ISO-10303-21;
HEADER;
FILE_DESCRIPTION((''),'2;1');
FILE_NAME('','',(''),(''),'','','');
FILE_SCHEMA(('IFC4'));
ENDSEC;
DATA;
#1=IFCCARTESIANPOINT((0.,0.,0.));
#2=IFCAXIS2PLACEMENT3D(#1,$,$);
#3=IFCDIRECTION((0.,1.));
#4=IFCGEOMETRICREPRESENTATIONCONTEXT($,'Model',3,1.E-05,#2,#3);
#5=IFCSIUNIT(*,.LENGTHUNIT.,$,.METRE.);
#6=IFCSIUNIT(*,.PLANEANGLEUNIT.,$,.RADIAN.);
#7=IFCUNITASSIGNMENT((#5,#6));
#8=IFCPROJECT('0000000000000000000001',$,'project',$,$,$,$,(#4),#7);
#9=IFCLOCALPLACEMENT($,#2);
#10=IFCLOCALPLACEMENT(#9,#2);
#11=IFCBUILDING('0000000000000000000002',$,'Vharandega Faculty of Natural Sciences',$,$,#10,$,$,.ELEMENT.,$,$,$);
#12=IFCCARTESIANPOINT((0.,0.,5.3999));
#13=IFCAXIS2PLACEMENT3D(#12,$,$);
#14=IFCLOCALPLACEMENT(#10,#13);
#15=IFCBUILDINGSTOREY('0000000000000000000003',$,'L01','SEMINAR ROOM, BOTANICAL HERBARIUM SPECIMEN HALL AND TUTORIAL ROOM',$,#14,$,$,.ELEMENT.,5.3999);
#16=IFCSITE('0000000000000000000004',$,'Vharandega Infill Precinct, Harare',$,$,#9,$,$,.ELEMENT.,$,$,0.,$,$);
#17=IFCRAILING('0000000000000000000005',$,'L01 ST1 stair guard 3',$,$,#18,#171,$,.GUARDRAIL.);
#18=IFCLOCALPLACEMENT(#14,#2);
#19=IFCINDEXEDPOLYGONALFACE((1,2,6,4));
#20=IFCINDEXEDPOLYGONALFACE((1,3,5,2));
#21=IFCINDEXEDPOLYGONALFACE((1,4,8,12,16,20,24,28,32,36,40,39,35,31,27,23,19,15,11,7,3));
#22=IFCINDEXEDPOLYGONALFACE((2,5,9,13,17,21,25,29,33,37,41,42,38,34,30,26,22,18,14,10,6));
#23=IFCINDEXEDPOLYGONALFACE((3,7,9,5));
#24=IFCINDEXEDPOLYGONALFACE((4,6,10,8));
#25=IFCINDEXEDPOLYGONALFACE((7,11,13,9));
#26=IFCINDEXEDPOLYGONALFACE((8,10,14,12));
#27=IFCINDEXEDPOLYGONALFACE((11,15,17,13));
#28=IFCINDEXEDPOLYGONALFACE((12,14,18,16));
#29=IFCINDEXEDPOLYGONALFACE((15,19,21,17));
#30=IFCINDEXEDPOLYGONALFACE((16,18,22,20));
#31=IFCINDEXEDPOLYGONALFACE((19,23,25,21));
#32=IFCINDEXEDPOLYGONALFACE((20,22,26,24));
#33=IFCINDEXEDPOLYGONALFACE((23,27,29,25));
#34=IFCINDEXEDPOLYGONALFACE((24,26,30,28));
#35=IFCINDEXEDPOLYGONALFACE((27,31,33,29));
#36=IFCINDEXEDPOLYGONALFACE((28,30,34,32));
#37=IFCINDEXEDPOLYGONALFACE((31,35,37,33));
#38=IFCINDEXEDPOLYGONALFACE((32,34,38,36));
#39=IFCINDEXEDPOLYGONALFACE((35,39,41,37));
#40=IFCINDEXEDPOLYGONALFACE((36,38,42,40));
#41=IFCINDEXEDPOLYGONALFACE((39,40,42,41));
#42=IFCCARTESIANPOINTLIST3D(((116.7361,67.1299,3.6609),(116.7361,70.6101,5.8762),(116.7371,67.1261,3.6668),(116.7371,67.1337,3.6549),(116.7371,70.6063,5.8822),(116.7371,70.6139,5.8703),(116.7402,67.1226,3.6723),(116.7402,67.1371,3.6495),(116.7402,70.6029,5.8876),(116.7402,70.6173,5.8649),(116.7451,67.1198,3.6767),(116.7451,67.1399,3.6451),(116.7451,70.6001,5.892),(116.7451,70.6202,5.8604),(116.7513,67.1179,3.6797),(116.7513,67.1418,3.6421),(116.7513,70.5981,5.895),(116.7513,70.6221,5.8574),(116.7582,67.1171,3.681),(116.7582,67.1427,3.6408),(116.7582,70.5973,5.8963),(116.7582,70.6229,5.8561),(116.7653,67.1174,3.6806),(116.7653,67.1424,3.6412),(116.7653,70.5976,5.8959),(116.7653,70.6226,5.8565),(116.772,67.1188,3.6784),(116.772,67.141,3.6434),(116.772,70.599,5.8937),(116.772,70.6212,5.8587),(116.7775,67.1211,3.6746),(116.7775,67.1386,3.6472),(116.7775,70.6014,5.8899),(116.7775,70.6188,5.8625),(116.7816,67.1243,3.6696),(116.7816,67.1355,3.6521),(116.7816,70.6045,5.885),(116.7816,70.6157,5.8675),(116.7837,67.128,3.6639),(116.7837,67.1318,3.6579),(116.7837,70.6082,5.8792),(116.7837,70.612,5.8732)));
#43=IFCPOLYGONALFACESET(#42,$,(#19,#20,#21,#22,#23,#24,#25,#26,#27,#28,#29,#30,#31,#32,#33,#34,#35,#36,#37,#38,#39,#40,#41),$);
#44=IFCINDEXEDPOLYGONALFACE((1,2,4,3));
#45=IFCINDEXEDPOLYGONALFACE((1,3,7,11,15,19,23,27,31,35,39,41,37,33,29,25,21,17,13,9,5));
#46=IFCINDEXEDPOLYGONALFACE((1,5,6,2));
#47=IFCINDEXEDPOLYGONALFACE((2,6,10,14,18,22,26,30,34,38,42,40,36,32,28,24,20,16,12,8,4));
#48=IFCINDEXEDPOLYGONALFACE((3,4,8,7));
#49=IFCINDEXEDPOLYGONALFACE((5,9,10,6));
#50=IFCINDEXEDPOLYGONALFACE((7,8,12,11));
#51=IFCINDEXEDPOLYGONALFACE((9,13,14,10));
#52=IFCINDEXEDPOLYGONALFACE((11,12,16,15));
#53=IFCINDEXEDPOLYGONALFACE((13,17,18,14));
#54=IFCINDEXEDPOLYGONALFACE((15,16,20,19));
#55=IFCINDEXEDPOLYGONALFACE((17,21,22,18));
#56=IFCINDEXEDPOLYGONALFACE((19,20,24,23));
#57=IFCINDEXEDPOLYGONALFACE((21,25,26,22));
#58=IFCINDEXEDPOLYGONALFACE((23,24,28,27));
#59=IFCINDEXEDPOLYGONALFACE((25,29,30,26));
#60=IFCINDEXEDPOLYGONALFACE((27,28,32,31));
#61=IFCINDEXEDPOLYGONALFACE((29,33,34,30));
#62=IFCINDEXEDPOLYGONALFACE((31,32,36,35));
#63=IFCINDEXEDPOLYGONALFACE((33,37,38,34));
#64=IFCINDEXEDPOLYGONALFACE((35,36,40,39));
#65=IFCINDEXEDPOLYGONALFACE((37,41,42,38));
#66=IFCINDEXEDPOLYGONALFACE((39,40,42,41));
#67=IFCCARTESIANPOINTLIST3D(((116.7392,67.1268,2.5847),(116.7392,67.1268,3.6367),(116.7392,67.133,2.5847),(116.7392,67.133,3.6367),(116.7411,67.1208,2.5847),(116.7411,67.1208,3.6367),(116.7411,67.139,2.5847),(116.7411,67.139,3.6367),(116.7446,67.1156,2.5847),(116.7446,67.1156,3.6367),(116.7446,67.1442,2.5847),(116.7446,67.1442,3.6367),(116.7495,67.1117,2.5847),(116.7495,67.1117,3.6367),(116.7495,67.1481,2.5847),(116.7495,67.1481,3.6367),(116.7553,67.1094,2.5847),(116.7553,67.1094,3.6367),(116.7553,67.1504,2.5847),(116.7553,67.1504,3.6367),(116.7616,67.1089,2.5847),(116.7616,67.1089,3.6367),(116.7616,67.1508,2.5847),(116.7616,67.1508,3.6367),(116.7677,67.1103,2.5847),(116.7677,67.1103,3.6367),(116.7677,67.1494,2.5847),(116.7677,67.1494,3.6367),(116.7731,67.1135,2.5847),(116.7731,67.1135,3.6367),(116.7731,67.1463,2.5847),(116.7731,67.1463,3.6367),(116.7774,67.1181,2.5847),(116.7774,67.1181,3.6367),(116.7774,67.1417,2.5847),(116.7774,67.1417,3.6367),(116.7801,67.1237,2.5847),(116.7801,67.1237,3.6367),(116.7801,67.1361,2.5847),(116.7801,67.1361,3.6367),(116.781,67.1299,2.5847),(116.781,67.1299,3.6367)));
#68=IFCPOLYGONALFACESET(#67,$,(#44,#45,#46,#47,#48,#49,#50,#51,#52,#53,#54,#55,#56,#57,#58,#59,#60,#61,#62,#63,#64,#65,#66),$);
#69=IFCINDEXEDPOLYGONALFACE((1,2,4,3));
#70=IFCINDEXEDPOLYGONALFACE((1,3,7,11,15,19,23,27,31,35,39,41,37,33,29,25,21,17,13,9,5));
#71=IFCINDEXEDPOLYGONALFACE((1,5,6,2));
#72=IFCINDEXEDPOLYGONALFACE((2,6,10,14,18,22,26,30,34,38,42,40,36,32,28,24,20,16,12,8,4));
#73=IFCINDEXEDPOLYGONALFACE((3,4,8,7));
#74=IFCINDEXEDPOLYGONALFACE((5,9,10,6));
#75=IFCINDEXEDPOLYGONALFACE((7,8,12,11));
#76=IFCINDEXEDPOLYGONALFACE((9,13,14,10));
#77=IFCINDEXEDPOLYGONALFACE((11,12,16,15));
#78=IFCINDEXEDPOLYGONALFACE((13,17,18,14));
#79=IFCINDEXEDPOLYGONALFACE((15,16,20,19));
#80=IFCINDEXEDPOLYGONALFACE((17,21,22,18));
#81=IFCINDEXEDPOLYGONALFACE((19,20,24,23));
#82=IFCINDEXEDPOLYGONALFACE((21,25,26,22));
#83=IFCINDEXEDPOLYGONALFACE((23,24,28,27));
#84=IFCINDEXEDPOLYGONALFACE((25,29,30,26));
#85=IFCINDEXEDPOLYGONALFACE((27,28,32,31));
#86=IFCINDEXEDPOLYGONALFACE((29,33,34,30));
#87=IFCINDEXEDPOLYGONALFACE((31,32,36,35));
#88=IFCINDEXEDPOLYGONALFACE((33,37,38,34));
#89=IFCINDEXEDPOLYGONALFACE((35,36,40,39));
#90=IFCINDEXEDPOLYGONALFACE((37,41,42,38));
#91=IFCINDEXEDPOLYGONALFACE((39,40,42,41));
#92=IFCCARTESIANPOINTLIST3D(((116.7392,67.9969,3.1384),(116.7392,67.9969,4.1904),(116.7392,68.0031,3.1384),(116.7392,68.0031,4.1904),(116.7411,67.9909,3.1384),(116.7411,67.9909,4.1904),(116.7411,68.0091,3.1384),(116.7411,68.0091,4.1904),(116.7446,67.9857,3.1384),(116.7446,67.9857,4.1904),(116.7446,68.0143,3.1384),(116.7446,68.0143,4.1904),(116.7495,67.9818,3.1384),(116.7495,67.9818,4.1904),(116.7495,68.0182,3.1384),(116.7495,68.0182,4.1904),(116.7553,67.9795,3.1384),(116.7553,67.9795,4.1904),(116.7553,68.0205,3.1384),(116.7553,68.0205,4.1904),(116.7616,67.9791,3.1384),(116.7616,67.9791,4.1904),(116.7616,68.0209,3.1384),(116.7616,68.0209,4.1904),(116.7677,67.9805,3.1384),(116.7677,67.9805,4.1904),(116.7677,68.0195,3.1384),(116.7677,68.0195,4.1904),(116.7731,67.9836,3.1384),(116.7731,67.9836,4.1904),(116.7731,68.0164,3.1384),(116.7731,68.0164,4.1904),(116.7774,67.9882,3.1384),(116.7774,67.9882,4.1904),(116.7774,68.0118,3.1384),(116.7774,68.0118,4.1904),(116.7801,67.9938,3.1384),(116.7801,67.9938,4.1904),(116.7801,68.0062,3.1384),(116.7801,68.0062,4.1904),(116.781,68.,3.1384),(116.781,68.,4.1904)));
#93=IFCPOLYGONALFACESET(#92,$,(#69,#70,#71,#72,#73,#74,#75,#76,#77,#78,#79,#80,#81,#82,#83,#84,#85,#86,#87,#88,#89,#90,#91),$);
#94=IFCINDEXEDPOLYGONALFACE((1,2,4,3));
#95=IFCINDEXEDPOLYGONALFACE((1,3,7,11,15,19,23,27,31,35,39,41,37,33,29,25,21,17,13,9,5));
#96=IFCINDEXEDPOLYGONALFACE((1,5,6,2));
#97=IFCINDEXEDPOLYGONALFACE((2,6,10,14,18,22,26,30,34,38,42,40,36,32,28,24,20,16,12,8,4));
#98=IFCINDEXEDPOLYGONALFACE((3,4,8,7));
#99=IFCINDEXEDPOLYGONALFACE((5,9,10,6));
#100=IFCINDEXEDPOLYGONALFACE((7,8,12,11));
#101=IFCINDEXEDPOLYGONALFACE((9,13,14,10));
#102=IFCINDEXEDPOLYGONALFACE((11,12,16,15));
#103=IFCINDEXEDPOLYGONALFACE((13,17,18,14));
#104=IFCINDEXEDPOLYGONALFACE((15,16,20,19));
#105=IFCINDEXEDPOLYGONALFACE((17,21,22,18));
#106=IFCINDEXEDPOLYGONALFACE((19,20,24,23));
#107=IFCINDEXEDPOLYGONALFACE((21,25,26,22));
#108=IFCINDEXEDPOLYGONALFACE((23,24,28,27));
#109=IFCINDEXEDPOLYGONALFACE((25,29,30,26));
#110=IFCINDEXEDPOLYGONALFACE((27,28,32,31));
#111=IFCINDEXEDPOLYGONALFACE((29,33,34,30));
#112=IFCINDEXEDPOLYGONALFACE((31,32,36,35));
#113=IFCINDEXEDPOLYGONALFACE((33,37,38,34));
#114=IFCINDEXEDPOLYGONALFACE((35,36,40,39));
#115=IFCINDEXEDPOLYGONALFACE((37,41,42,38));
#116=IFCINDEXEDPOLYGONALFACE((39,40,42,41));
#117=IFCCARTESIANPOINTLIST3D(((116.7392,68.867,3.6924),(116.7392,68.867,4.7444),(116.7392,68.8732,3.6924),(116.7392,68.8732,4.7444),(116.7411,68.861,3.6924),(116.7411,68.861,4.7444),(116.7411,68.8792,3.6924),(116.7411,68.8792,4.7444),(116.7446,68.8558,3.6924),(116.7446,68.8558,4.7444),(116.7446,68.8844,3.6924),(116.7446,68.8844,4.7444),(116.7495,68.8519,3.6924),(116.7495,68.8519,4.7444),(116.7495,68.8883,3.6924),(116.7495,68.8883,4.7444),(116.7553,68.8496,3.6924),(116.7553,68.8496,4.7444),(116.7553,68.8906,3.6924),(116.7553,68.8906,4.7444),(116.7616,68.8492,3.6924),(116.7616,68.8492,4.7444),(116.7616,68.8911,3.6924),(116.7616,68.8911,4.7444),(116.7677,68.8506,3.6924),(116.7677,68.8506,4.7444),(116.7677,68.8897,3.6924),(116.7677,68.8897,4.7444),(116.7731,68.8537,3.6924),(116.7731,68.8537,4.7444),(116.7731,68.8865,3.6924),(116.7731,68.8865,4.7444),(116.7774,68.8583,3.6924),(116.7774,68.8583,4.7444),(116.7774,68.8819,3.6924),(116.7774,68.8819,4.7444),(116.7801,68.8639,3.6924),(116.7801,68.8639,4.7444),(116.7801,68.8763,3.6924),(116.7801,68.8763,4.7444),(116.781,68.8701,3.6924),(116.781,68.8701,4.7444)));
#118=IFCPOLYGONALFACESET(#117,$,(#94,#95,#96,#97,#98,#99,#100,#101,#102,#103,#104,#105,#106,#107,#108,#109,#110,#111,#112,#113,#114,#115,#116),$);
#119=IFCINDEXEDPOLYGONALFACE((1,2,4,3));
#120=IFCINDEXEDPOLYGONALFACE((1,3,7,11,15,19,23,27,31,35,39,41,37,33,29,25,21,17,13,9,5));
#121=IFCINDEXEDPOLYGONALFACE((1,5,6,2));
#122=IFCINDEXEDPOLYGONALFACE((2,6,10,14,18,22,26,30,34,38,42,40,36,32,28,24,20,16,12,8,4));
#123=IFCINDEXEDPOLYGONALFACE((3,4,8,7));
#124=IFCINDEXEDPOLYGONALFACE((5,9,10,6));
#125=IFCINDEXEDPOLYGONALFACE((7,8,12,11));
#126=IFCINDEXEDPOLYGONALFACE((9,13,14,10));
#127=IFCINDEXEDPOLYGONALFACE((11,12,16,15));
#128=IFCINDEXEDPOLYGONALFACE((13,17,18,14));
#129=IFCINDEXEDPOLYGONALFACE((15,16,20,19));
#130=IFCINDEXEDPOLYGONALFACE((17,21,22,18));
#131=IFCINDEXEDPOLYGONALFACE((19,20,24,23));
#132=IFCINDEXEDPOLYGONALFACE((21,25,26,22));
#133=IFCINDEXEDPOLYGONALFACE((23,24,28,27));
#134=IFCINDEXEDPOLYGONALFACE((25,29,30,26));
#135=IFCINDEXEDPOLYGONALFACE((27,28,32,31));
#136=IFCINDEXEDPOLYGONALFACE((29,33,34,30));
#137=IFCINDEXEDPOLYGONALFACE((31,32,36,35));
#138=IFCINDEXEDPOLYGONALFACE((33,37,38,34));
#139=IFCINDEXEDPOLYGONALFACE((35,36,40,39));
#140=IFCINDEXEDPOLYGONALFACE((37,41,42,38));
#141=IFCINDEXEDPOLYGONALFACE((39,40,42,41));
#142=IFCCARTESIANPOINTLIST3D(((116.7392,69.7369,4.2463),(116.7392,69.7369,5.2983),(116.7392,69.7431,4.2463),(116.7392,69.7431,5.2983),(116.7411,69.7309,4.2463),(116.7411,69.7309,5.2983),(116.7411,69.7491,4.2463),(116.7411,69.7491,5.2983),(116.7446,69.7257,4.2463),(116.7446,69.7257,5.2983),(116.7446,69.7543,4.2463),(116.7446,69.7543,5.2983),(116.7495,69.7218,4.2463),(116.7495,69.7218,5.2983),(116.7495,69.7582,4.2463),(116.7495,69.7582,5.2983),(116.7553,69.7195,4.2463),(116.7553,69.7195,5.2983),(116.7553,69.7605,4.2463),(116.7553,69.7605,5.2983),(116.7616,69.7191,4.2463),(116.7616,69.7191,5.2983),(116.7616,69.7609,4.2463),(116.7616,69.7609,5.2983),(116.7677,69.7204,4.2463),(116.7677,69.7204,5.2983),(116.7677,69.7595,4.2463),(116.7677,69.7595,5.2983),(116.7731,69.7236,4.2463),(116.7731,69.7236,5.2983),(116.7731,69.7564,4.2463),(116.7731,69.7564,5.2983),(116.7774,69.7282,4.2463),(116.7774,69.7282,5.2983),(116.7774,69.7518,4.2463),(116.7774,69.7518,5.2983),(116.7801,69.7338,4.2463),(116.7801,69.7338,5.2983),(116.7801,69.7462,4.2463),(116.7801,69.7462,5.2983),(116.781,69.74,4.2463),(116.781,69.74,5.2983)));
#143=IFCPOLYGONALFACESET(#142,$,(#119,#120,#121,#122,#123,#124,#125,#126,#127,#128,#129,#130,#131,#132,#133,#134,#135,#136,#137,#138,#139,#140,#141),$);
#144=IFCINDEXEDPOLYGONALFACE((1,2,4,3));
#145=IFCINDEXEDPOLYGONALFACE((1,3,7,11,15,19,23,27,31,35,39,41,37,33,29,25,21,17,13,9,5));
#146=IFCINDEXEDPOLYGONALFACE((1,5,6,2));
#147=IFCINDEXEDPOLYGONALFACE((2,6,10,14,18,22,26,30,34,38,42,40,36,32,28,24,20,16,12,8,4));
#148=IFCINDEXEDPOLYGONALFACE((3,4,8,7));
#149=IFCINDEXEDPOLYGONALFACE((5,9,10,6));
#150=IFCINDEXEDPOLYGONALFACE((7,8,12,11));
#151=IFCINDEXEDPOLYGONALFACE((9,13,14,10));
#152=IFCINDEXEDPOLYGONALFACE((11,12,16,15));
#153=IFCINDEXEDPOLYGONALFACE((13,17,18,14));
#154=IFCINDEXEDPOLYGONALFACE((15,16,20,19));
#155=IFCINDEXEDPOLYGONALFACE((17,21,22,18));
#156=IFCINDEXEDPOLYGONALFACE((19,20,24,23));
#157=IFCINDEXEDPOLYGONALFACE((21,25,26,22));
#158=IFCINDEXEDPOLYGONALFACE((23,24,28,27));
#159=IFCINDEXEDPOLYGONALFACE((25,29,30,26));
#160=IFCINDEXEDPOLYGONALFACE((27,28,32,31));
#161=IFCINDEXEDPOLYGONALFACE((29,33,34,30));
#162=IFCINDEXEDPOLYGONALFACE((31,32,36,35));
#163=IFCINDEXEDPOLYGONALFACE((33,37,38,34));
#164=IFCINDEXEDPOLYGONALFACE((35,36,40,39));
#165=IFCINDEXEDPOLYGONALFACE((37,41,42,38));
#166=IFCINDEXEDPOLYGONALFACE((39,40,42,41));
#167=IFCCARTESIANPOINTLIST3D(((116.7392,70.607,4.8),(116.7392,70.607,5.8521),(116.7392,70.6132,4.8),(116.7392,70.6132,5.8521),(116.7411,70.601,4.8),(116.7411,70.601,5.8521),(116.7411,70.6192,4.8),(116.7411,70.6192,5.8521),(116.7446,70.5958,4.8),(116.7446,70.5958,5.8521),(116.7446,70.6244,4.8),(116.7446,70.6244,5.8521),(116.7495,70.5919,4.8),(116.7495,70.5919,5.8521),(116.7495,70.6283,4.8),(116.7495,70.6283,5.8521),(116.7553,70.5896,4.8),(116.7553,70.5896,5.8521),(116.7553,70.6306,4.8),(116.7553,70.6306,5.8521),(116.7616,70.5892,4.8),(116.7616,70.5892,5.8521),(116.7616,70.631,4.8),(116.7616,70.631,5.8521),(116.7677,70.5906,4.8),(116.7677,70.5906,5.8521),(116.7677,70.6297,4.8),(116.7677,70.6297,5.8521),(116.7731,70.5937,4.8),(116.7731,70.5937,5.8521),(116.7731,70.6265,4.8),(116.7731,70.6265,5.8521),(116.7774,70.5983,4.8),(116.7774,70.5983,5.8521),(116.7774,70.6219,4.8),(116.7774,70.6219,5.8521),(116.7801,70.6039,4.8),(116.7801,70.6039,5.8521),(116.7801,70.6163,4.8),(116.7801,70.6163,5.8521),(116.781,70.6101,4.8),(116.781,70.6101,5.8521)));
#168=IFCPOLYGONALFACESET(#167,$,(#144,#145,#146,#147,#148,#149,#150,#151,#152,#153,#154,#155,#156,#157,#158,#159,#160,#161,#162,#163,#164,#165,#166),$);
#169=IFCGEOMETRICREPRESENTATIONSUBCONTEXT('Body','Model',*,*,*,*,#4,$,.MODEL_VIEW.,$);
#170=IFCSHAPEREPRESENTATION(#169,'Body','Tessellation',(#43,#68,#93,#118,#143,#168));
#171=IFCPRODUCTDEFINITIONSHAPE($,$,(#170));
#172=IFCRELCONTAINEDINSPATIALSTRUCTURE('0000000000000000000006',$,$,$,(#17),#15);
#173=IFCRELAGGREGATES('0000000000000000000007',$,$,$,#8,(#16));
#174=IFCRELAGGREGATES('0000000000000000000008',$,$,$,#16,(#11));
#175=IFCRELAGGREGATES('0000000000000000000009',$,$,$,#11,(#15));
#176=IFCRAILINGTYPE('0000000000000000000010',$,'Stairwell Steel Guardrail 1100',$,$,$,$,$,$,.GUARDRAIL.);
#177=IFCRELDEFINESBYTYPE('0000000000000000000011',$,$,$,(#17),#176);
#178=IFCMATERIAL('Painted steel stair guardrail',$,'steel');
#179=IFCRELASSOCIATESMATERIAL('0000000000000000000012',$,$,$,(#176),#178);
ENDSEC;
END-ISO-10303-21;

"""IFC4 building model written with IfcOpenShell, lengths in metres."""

from ifc_helpers import new_model, si_unit, direction, frame, origin, origin_2d, place, context, subcontext, project, spatial, circle, extrude, material, type_object, element, save


model = new_model("IFC4")

# Units and contexts
model_context = context("Model", 3, precision=1e-05, world=origin(), true_north=direction((0.0, 1.0)))
body_context = subcontext(model_context, "Body", "Model", "MODEL_VIEW")
ifc_project = project(units=[si_unit("LENGTHUNIT", "METRE"), si_unit("PLANEANGLEUNIT", "RADIAN")], contexts=[model_context])

# Site, building, storey
site_placement = place(None, origin())
site = spatial("IfcSite", under=ifc_project, at=site_placement, Name="Vharandega Infill Precinct, Harare", CompositionType="ELEMENT", RefElevation=0.0)
building_placement = place(site_placement, origin())
building = spatial("IfcBuilding", under=site, at=building_placement, Name="Vharandega Faculty of Natural Sciences", CompositionType="ELEMENT")
storey_placement = place(building_placement, frame((0.0, 0.0, 5.3999)))
storey = spatial("IfcBuildingStorey", under=building, at=storey_placement, Name="L01", Description="SEMINAR ROOM, BOTANICAL HERBARIUM SPECIMEN HALL AND TUTORIAL ROOM", CompositionType="ELEMENT", Elevation=5.3999)

# Railing
ifc_material_1 = material(Name="Painted steel stair guardrail", Category="steel")
railing_type_1 = type_object("IfcRailingType", Name="Stairwell Steel Guardrail 1100", PredefinedType="GUARDRAIL", material=ifc_material_1)
railing_1_placement = place(storey_placement, frame((116.76, 67.1299, 2.5847)))
element("IfcRailing", 1, at=railing_1_placement, inside=storey, type_object=railing_type_1, Name="L01 ST1 stair guard 3", PredefinedType="GUARDRAIL", context=body_context, shape_type="SweptSolid", body=[
    extrude(circle(Radius=0.0239, at=origin_2d()), frame((0.0, 0.0, 1.0762), z_axis=(0.0, 0.843591, 0.536987), x_axis=(-1.0, 0.0, 0.0)), (0.0, 0.0, 1.0), 4.1255),
    extrude(circle(Radius=0.021, at=origin_2d()), origin(), (0.0, 0.0, 1.0), 1.052),
    extrude(circle(Radius=0.021, at=origin_2d()), frame((0.0, 0.8701, 0.5537)), (0.0, 0.0, 1.0), 1.052),
    extrude(circle(Radius=0.021, at=origin_2d()), frame((0.0, 1.7402, 1.1077)), (0.0, 0.0, 1.0), 1.052),
    extrude(circle(Radius=0.021, at=origin_2d()), frame((0.0, 2.6101, 1.6616)), (0.0, 0.0, 1.0), 1.052),
    extrude(circle(Radius=0.021, at=origin_2d()), frame((0.0, 3.4802, 2.2153)), (0.0, 0.0, 1.0), 1.052),
])

save(model, "model.ifc")
